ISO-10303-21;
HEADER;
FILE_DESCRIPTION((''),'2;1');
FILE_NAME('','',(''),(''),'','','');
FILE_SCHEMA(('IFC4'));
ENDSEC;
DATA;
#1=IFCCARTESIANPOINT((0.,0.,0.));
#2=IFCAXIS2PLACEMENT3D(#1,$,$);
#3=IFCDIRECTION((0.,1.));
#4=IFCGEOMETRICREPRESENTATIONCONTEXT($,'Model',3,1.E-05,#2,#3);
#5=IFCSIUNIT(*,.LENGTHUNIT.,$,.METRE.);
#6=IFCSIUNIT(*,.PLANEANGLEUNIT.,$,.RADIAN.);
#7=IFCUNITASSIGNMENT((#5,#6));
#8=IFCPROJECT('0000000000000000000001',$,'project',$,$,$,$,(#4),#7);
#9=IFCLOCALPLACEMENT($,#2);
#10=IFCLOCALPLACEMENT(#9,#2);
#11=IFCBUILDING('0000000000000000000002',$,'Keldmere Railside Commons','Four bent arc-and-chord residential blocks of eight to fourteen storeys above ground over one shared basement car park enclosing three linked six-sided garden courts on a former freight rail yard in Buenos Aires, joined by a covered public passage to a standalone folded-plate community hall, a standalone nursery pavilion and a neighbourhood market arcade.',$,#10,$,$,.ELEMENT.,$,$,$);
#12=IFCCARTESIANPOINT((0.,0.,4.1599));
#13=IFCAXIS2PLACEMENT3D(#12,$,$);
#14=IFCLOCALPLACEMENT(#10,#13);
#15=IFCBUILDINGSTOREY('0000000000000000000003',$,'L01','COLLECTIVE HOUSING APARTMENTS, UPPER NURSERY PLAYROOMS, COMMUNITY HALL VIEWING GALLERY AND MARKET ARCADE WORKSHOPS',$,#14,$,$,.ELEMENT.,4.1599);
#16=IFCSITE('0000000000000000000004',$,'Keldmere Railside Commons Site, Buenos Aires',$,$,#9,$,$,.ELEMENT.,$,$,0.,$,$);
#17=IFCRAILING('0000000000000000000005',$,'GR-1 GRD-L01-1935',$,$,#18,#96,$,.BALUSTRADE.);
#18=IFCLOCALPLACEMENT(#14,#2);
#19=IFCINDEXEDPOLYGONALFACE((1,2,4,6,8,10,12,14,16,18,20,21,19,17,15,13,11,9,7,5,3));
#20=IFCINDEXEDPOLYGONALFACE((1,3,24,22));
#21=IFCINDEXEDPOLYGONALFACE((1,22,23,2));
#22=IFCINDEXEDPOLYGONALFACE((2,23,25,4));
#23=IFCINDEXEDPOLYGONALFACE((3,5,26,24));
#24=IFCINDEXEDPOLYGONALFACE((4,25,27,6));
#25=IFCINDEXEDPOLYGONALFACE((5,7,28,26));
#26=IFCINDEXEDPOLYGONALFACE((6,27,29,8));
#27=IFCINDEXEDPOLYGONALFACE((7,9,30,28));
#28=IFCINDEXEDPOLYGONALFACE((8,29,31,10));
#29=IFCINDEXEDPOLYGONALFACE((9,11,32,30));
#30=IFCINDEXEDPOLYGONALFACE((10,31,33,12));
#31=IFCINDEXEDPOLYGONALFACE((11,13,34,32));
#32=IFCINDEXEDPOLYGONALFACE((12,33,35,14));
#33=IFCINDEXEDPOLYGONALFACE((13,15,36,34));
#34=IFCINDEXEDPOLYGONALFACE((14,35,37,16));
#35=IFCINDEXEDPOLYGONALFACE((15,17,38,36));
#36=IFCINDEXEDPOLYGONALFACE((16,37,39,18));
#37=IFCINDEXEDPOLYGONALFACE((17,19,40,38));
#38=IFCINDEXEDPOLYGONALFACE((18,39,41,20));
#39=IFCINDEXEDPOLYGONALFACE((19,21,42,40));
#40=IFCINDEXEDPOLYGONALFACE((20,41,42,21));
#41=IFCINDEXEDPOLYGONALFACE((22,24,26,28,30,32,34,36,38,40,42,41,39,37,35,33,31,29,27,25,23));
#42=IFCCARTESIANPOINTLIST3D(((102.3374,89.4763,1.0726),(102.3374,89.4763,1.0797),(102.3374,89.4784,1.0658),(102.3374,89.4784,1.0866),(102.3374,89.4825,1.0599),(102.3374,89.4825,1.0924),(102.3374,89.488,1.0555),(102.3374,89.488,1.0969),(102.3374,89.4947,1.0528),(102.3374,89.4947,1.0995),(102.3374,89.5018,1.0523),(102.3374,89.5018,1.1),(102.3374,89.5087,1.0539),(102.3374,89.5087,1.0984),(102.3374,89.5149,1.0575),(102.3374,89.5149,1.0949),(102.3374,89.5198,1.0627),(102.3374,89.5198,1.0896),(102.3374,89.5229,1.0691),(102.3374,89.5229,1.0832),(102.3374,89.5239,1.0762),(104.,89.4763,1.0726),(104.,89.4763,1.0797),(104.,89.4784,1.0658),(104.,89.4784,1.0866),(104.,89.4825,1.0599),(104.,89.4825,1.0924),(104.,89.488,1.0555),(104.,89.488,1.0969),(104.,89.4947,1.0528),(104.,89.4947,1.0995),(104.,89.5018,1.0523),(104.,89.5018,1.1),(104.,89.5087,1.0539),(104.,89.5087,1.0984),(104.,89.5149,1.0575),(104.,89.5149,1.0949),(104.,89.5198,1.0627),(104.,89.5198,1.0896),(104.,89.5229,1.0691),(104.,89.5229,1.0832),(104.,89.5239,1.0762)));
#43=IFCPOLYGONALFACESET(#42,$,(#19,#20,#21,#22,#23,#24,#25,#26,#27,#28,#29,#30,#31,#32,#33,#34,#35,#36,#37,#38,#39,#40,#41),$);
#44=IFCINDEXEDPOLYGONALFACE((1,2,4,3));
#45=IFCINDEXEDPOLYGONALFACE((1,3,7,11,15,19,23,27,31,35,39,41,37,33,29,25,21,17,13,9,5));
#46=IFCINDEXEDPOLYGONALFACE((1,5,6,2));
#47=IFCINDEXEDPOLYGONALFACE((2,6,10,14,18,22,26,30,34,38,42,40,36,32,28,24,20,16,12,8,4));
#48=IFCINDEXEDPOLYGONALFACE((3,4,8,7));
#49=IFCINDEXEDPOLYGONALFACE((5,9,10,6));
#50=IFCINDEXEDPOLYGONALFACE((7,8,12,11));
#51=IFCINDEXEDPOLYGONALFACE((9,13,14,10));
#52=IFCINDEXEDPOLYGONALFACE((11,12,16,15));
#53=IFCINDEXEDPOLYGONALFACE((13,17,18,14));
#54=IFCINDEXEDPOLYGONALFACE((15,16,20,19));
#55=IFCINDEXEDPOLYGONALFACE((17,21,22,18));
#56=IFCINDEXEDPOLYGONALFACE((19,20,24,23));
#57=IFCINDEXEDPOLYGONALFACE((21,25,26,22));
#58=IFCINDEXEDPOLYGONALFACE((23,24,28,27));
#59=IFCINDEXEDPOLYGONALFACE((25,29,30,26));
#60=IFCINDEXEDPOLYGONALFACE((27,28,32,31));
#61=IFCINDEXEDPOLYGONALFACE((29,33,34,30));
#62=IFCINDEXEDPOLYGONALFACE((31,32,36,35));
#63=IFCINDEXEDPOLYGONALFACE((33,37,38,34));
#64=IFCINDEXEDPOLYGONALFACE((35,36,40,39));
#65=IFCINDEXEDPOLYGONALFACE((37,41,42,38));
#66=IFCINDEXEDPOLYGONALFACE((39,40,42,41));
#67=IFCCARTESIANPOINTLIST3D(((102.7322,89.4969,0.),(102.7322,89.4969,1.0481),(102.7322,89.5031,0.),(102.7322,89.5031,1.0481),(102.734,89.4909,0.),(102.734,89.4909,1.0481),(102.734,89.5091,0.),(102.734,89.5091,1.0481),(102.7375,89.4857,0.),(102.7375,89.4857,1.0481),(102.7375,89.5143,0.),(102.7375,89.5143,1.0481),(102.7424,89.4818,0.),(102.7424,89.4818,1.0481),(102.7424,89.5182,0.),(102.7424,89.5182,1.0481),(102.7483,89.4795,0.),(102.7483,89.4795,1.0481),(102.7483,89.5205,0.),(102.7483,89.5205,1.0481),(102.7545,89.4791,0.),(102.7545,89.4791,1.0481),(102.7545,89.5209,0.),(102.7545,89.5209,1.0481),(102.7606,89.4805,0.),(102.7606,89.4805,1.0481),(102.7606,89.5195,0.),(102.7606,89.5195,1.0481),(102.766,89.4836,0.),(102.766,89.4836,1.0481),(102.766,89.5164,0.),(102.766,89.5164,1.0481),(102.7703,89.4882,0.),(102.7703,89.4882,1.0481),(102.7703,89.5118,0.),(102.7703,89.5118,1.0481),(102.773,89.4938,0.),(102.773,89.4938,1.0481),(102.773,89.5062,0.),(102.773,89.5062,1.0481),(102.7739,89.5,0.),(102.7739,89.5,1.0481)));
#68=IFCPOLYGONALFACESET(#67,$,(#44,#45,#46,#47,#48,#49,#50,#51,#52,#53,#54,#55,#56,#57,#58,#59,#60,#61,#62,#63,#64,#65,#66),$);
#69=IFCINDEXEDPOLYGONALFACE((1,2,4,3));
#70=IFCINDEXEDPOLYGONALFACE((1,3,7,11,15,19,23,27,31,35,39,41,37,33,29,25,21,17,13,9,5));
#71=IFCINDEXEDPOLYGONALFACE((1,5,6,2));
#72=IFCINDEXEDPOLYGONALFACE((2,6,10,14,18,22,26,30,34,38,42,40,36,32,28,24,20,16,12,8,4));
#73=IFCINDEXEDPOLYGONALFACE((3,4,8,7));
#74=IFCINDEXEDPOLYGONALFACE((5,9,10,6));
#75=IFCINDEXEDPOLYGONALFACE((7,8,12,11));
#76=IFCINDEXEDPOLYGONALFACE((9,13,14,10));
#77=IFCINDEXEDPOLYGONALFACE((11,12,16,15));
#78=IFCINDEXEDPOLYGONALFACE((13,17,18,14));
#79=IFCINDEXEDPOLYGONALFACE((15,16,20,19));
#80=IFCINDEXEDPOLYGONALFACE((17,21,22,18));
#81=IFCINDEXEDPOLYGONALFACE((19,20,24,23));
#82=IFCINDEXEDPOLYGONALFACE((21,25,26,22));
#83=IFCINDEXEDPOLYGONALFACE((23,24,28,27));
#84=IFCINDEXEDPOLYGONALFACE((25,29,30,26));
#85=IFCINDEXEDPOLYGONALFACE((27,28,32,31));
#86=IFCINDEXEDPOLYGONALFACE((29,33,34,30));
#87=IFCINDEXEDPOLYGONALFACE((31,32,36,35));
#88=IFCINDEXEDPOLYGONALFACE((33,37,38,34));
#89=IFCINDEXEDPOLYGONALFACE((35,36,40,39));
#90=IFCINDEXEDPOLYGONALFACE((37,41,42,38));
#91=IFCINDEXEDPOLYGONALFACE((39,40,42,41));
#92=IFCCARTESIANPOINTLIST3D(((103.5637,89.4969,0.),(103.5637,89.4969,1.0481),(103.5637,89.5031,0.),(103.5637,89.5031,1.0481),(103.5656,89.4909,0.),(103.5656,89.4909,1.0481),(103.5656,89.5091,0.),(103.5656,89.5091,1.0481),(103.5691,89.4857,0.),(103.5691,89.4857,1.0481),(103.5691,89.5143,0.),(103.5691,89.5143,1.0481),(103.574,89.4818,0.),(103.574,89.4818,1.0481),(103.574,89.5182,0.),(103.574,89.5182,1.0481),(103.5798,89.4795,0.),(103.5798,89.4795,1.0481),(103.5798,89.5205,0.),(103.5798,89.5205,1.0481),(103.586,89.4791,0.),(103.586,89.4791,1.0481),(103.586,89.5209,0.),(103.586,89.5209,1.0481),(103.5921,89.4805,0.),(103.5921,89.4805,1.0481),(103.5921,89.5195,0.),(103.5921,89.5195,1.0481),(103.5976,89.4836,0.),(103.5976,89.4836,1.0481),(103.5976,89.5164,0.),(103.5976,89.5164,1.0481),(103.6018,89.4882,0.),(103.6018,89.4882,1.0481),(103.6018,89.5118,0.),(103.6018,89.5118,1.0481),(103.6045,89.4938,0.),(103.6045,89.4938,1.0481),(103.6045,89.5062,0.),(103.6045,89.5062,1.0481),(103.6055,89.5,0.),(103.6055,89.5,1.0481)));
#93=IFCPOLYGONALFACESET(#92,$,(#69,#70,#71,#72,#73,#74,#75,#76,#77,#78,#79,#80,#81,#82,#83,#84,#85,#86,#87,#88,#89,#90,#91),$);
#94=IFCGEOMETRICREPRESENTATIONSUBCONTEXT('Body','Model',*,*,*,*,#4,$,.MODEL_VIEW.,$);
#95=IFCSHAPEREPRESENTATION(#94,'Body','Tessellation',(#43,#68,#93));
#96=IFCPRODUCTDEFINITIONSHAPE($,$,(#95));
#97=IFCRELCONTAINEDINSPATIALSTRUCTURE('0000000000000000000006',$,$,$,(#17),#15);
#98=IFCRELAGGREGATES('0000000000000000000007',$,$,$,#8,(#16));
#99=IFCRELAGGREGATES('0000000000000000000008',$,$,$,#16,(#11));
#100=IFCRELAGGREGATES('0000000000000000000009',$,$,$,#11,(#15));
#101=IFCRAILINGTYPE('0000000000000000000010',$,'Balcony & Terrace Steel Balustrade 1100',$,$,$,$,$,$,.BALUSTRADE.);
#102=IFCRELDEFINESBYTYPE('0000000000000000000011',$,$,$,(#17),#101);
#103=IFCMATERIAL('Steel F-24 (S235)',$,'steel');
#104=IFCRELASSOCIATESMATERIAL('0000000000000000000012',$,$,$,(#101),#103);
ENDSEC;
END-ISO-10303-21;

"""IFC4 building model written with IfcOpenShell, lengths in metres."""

from ifc_helpers import new_model, si_unit, direction, frame, origin, origin_2d, place, context, subcontext, project, spatial, circle, extrude, material, type_object, element, save


model = new_model("IFC4")

# Units and contexts
model_context = context("Model", 3, precision=1e-05, world=origin(), true_north=direction((0.0, 1.0)))
body_context = subcontext(model_context, "Body", "Model", "MODEL_VIEW")
ifc_project = project(units=[si_unit("LENGTHUNIT", "METRE"), si_unit("PLANEANGLEUNIT", "RADIAN")], contexts=[model_context])

# Site, building, storey
site_placement = place(None, origin())
site = spatial("IfcSite", under=ifc_project, at=site_placement, Name="Keldmere Railside Commons Site, Buenos Aires", CompositionType="ELEMENT", RefElevation=0.0)
building_placement = place(site_placement, origin())
building = spatial("IfcBuilding", under=site, at=building_placement, Name="Keldmere Railside Commons", Description="Four bent arc-and-chord residential blocks of eight to fourteen storeys above ground over one shared basement car park enclosing three linked six-sided garden courts on a former freight rail yard in Buenos Aires, joined by a covered public passage to a standalone folded-plate community hall, a standalone nursery pavilion and a neighbourhood market arcade.", CompositionType="ELEMENT")
storey_placement = place(building_placement, frame((0.0, 0.0, 4.1599)))
storey = spatial("IfcBuildingStorey", under=building, at=storey_placement, Name="L01", Description="COLLECTIVE HOUSING APARTMENTS, UPPER NURSERY PLAYROOMS, COMMUNITY HALL VIEWING GALLERY AND MARKET ARCADE WORKSHOPS", CompositionType="ELEMENT", Elevation=4.1599)

# Railing
ifc_material_1 = material(Name="Steel F-24 (S235)", Category="steel")
railing_type = type_object("IfcRailingType", Name="Balcony & Terrace Steel Balustrade 1100", PredefinedType="BALUSTRADE", material=ifc_material_1)
railing_1_placement = place(storey_placement, frame((102.3374, 89.5, 0.0)))
element("IfcRailing", 1, at=railing_1_placement, inside=storey, type_object=railing_type, Name="GR-1 GRD-L01-1935", PredefinedType="BALUSTRADE", context=body_context, shape_type="SweptSolid", body=[
    extrude(circle(Radius=0.0239, at=origin_2d()), frame((0.0, 0.0, 1.0762), z_axis=(1.0, 0.0, 0.0), x_axis=(0.0, 1.0, 0.0)), (0.0, 0.0, 1.0), 1.6626),
    extrude(circle(Radius=0.021, at=origin_2d()), frame((0.4155, 0.0, 0.0)), (0.0, 0.0, 1.0), 1.0481),
    extrude(circle(Radius=0.021, at=origin_2d()), frame((1.2471, 0.0, 0.0)), (0.0, 0.0, 1.0), 1.0481),
])

save(model, "model.ifc")
